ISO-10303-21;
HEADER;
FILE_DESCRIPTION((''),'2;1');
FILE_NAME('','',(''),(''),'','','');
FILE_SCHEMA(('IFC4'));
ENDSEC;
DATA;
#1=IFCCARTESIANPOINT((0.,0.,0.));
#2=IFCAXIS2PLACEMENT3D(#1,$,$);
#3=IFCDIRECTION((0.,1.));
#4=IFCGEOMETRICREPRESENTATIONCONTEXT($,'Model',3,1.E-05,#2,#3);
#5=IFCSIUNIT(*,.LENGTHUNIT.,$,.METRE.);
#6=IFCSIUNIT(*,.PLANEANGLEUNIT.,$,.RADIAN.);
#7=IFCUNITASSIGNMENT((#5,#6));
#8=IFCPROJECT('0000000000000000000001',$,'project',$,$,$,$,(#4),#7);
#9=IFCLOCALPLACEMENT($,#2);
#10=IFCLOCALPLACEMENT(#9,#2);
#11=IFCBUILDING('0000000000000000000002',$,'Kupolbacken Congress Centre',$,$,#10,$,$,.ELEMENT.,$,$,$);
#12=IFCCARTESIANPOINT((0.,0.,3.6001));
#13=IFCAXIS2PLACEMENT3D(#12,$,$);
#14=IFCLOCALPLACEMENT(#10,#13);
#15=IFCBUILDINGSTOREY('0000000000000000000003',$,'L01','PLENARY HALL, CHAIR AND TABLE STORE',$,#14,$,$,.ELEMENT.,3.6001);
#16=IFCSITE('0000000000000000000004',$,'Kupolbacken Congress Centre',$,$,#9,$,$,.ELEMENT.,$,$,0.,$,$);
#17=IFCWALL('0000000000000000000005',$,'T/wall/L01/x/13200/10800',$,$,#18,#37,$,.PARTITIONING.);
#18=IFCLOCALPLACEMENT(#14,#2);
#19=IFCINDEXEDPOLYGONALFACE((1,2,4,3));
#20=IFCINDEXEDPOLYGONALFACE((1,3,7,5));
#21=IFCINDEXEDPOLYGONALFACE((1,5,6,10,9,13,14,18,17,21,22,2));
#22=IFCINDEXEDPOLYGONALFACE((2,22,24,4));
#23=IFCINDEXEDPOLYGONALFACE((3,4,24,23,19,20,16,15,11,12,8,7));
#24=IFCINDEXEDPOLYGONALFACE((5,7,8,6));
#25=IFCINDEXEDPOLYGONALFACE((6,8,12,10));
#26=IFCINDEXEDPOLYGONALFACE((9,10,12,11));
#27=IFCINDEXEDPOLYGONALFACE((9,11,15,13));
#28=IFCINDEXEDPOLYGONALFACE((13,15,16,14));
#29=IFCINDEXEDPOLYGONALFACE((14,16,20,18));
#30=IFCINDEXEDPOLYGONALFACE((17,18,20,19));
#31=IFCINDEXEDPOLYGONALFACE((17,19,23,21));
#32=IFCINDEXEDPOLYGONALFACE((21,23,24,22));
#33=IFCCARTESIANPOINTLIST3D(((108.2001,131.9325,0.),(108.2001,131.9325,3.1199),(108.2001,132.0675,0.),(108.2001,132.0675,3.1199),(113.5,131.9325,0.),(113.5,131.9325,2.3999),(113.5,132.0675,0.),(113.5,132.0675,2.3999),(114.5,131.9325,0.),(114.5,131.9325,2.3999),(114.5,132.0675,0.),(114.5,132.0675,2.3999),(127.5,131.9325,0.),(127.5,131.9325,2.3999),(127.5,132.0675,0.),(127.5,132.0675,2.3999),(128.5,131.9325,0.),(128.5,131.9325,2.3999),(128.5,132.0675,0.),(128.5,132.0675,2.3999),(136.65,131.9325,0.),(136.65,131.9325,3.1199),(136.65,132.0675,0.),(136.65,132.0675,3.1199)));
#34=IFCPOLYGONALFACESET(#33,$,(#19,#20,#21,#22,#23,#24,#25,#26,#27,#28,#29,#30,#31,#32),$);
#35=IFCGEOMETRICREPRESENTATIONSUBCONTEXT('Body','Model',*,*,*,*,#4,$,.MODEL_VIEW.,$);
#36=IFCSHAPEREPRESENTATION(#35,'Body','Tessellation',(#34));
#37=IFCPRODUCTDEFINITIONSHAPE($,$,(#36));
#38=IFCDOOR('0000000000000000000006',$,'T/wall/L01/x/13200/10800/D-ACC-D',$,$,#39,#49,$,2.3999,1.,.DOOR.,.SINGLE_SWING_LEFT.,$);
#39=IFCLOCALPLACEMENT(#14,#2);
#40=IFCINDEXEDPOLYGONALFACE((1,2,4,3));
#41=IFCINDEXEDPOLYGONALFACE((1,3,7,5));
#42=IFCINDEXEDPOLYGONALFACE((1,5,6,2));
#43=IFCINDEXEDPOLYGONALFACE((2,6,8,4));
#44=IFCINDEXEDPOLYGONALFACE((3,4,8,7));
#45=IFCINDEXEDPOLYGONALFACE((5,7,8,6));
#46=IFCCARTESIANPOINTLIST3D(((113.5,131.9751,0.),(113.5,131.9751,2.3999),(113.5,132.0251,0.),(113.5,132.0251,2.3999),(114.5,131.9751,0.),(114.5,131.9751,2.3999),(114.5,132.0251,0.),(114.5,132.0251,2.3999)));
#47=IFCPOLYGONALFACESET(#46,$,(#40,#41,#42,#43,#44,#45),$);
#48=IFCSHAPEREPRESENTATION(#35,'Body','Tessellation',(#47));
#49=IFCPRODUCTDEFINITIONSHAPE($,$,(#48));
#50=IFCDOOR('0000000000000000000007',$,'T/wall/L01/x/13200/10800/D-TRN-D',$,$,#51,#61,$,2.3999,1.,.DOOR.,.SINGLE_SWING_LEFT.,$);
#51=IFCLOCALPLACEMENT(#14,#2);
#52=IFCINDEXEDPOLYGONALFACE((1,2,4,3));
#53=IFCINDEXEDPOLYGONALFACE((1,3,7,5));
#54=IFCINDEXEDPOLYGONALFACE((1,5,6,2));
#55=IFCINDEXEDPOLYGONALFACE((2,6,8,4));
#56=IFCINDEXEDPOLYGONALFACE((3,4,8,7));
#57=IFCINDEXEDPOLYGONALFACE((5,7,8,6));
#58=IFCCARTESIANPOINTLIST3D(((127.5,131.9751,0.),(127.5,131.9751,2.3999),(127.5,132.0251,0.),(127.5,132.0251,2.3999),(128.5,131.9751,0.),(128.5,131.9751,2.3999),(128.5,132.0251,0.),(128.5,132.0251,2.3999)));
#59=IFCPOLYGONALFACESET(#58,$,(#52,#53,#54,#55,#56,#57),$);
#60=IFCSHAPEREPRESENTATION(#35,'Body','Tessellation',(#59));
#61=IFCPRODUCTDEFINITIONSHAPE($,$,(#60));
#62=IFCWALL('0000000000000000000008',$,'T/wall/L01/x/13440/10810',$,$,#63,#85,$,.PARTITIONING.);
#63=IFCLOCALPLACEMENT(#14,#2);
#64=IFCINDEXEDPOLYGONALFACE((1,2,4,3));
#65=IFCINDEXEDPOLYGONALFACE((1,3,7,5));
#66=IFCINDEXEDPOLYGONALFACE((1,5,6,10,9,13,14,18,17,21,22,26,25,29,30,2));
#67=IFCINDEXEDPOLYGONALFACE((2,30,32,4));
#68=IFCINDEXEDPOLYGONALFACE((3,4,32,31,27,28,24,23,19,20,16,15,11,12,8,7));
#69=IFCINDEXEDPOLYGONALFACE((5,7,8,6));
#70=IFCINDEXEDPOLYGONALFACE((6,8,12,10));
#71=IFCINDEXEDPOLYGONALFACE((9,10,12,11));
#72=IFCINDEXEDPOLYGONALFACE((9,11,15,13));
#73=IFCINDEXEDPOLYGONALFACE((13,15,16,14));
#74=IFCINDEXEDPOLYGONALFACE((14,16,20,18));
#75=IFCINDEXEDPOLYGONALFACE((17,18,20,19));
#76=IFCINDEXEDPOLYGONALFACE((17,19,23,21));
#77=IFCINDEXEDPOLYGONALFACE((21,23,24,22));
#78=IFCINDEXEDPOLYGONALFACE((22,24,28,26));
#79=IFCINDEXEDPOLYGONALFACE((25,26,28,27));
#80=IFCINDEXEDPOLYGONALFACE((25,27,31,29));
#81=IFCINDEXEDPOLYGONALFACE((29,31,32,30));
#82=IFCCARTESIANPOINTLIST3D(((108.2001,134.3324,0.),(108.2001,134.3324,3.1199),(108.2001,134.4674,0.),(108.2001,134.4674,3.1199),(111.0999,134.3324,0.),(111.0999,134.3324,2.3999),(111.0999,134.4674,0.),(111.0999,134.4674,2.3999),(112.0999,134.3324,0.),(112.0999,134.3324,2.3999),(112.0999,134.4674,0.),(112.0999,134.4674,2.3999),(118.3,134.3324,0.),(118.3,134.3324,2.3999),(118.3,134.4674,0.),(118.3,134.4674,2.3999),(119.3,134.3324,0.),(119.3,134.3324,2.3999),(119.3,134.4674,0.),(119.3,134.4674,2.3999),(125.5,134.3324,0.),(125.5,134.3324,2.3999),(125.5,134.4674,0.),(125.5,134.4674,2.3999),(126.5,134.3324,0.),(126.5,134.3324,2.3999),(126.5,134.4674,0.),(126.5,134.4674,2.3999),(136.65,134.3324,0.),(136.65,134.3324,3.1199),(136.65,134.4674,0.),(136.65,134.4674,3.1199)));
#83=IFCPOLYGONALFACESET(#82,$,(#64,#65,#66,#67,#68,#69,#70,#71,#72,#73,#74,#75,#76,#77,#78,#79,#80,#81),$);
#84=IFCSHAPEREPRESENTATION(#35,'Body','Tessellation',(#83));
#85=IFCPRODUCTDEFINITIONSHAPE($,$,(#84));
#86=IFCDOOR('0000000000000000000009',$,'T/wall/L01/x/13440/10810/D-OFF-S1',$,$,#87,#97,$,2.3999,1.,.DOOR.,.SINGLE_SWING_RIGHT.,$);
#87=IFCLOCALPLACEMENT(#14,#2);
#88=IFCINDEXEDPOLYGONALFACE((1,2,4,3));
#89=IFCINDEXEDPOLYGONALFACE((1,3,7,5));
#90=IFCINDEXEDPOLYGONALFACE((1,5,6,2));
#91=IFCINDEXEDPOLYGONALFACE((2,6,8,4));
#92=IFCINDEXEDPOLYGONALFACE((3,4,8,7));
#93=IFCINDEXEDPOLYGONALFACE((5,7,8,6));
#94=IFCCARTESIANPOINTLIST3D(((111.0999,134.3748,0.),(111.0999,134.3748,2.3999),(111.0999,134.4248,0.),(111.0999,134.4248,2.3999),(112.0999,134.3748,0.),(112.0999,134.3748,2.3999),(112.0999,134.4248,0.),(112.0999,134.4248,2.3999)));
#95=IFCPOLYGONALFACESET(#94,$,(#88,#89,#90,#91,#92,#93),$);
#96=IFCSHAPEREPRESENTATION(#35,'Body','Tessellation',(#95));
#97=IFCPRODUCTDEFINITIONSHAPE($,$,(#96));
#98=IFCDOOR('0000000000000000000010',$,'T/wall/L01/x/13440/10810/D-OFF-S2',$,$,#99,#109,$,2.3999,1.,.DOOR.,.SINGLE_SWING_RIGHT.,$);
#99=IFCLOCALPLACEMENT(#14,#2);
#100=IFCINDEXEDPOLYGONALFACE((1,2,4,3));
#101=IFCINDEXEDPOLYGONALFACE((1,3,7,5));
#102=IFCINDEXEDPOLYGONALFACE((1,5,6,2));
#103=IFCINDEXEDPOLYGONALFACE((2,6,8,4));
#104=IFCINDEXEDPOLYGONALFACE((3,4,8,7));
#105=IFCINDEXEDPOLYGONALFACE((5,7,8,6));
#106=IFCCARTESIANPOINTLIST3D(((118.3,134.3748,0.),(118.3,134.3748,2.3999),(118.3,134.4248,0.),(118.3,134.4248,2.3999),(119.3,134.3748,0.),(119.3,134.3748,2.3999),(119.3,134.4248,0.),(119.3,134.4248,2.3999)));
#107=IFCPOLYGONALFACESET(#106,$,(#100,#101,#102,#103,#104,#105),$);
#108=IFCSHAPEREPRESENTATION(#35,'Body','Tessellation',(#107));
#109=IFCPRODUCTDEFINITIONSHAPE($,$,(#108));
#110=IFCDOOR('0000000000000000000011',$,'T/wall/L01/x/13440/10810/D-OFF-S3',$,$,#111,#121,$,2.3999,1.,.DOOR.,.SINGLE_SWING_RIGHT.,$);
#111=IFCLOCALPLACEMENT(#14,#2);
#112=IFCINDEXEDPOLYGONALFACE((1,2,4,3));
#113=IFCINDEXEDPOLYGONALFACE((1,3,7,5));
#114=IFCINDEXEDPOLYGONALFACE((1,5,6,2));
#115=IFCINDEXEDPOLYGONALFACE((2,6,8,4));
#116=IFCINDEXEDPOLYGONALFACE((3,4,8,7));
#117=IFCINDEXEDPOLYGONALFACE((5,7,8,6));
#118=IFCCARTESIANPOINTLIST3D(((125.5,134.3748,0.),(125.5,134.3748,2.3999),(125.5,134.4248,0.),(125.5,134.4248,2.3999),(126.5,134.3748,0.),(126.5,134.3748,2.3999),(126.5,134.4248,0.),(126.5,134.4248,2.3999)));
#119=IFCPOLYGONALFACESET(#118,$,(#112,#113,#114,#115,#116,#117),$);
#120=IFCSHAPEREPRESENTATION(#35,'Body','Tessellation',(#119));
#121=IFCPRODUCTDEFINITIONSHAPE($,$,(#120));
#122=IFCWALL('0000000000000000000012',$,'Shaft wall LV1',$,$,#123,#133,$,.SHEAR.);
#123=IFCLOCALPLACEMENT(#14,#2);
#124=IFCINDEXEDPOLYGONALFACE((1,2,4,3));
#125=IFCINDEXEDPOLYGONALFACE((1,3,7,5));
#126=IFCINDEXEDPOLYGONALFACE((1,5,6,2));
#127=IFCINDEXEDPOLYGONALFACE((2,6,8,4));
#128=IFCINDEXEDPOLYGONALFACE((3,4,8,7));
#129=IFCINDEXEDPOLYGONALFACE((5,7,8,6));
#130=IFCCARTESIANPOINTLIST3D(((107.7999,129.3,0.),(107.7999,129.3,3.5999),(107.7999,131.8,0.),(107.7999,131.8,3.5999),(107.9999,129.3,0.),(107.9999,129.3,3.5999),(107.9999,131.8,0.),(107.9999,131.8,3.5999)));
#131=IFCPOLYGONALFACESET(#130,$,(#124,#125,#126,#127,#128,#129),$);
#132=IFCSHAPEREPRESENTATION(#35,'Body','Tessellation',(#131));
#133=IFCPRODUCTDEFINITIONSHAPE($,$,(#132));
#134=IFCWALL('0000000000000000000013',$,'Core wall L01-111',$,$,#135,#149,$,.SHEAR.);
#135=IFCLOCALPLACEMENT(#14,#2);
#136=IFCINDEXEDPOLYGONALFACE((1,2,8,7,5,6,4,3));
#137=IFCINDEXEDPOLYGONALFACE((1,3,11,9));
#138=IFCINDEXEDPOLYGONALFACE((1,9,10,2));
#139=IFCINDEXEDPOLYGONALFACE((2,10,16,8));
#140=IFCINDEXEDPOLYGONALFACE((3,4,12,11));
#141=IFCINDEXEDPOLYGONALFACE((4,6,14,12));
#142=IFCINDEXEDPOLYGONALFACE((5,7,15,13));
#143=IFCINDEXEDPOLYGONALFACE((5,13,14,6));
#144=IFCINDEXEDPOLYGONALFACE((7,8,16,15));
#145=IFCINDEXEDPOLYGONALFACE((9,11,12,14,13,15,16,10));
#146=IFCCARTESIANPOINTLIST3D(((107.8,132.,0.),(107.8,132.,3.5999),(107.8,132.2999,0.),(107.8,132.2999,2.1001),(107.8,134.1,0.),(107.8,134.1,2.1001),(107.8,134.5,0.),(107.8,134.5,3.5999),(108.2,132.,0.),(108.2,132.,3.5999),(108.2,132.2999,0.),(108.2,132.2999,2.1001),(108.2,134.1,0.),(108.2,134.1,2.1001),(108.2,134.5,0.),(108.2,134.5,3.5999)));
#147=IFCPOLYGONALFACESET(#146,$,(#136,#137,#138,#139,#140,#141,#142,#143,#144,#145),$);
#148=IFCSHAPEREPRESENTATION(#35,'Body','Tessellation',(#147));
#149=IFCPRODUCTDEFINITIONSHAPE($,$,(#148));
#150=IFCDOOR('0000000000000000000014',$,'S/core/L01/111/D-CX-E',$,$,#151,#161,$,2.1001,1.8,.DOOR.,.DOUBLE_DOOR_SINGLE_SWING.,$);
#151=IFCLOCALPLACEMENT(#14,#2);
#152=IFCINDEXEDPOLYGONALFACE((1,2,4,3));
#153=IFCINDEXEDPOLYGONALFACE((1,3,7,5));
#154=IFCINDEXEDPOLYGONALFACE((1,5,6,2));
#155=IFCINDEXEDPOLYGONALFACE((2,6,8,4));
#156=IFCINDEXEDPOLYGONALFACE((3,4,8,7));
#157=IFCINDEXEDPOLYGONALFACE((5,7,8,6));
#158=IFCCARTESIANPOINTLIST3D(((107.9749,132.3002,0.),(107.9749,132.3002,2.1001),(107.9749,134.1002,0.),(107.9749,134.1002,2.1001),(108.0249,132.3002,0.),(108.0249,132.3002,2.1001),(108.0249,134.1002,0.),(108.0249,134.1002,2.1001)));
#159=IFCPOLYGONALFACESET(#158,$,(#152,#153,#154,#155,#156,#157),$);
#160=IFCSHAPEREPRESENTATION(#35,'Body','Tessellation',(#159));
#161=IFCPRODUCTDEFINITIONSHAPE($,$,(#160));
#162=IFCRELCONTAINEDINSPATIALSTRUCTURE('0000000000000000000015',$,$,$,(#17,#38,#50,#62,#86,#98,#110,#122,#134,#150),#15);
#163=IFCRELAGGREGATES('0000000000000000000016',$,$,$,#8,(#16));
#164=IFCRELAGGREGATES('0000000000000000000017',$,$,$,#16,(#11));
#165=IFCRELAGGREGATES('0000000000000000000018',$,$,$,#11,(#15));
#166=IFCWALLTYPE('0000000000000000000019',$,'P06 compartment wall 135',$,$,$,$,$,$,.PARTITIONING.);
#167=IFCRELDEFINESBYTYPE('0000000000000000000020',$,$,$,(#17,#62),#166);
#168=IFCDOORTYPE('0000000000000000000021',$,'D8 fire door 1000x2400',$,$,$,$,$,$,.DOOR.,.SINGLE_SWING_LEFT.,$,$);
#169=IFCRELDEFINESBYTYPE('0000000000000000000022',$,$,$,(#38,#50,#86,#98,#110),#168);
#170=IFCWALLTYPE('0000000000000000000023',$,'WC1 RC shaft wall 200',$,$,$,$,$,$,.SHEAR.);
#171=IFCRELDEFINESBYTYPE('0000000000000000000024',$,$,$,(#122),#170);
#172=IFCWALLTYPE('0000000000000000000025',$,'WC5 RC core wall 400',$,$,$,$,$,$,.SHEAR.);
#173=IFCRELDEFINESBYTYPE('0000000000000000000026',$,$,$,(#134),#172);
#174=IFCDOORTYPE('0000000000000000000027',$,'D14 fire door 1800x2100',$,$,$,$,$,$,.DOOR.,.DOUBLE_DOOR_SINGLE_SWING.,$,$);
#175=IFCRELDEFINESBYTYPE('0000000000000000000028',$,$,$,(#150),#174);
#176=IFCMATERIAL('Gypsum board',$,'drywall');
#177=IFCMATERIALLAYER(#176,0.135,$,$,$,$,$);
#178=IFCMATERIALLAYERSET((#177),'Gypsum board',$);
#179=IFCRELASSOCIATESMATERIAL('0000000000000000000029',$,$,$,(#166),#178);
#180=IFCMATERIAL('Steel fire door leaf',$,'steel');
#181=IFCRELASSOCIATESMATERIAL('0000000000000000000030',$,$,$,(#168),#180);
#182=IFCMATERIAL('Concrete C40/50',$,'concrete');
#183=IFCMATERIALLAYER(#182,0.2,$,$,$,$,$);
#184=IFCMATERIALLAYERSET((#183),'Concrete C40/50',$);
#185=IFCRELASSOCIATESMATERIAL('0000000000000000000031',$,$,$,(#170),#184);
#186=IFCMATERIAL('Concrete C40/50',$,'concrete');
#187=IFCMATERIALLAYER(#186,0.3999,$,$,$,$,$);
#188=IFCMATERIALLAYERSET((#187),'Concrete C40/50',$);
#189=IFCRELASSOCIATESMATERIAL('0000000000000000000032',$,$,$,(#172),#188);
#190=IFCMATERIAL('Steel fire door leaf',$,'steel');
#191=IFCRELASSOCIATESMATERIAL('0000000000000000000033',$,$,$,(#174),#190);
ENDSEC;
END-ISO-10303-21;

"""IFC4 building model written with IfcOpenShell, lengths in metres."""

from ifc_helpers import new_model, si_unit, direction, frame, frame_2d, origin, place, context, subcontext, project, spatial, rectangle, extrude, material, layer, layer_set, type_object, element, fill, save


model = new_model("IFC4")

# Units and contexts
model_context = context("Model", 3, precision=1e-05, world=origin(), true_north=direction((0.0, 1.0)))
body_context = subcontext(model_context, "Body", "Model", "MODEL_VIEW")
ifc_project = project(units=[si_unit("LENGTHUNIT", "METRE"), si_unit("PLANEANGLEUNIT", "RADIAN")], contexts=[model_context])

# Site, building, storey
site_placement = place(None, origin())
site = spatial("IfcSite", under=ifc_project, at=site_placement, Name="Kupolbacken Congress Centre", CompositionType="ELEMENT", RefElevation=0.0)
building_placement = place(site_placement, origin())
building = spatial("IfcBuilding", under=site, at=building_placement, Name="Kupolbacken Congress Centre", CompositionType="ELEMENT")
storey_placement = place(building_placement, frame((0.0, 0.0, 3.6001)))
storey = spatial("IfcBuildingStorey", under=building, at=storey_placement, Name="L01", Description="PLENARY HALL, CHAIR AND TABLE STORE", CompositionType="ELEMENT", Elevation=3.6001)

# Walls, openings, doors
ifc_material_1 = material(Name="Gypsum board", Category="drywall")
ifc_layer_1 = layer(ifc_material_1, 0.135)
ifc_layer_set_1 = layer_set([ifc_layer_1], Name="Gypsum board")
wall_type_1 = type_object("IfcWallType", Name="P06 compartment wall 135", PredefinedType="PARTITIONING", material=ifc_layer_set_1)
wall_1_placement = place(storey_placement, frame((108.2, 132.0, 0.0), z_axis=(0.0, 0.0, 1.0), x_axis=(1.0, 0.0, 0.0)))
wall_1 = element("IfcWall", 1, at=wall_1_placement, inside=storey, type_object=wall_type_1, Name="T/wall/L01/x/13200/10800", PredefinedType="PARTITIONING", context=body_context, shape_type="SweptSolid", body=[
    extrude(rectangle(XDim=28.45, YDim=0.135, at=frame_2d((14.2251, 0.0))), origin(), (0.0, 0.0, 1.0), 3.1199),
])
opening_1_placement = place(wall_1_placement, frame((5.3, 0.0, 0.0)))
opening_1 = element("IfcOpeningElement", 2, at=opening_1_placement, cuts=wall_1, PredefinedType="OPENING", context=body_context, shape_type="SweptSolid", body=[
    extrude(rectangle(XDim=1.0, YDim=2.3999, at=frame_2d((0.5, 1.2))), frame((0.0, 0.0774, 0.0), z_axis=(0.0, -1.0, 0.0), x_axis=(1.0, 0.0, 0.0)), (0.0, 0.0, 1.0), 0.155),
])
opening_2_placement = place(wall_1_placement, frame((19.3, 0.0, 0.0)))
opening_2 = element("IfcOpeningElement", 3, at=opening_2_placement, cuts=wall_1, PredefinedType="OPENING", context=body_context, shape_type="SweptSolid", body=[
    extrude(rectangle(XDim=1.0, YDim=2.3999, at=frame_2d((0.5, 1.2))), frame((0.0, 0.0774, 0.0), z_axis=(0.0, -1.0, 0.0), x_axis=(1.0, 0.0, 0.0)), (0.0, 0.0, 1.0), 0.155),
])
ifc_material_2 = material(Name="Steel fire door leaf", Category="steel")
door_type_1 = type_object("IfcDoorType", Name="D8 fire door 1000x2400", OperationType="SINGLE_SWING_LEFT", PredefinedType="DOOR", material=ifc_material_2)
door_1_placement = place(opening_1_placement, frame((1.0, 0.0, 0.0), z_axis=(0.0, 0.0, 1.0), x_axis=(-1.0, 0.0, 0.0)))
door_1 = element("IfcDoor", 4, at=door_1_placement, inside=storey, type_object=door_type_1, Name="T/wall/L01/x/13200/10800/D-ACC-D", OperationType="SINGLE_SWING_LEFT", OverallHeight=2.3999, OverallWidth=1.0, PredefinedType="DOOR", context=body_context, shape_type="SweptSolid", body=[
    extrude(rectangle(XDim=1.0, YDim=2.3999, at=frame_2d((0.5, 1.2))), frame((0.0, 0.0249, 0.0), z_axis=(0.0, -1.0, 0.0), x_axis=(1.0, 0.0, 0.0)), (0.0, 0.0, 1.0), 0.05),
])
fill(opening_1, door_1)
door_2_placement = place(opening_2_placement, frame((1.0, 0.0, 0.0), z_axis=(0.0, 0.0, 1.0), x_axis=(-1.0, 0.0, 0.0)))
door_2 = element("IfcDoor", 5, at=door_2_placement, inside=storey, type_object=door_type_1, Name="T/wall/L01/x/13200/10800/D-TRN-D", OperationType="SINGLE_SWING_LEFT", OverallHeight=2.3999, OverallWidth=1.0, PredefinedType="DOOR", context=body_context, shape_type="SweptSolid", body=[
    extrude(rectangle(XDim=1.0, YDim=2.3999, at=frame_2d((0.5, 1.2))), frame((0.0, 0.0249, 0.0), z_axis=(0.0, -1.0, 0.0), x_axis=(1.0, 0.0, 0.0)), (0.0, 0.0, 1.0), 0.05),
])
fill(opening_2, door_2)
wall_2_placement = place(storey_placement, frame((108.2, 134.3999, 0.0), z_axis=(0.0, 0.0, 1.0), x_axis=(1.0, 0.0, 0.0)))
wall_2 = element("IfcWall", 6, at=wall_2_placement, inside=storey, type_object=wall_type_1, Name="T/wall/L01/x/13440/10810", PredefinedType="PARTITIONING", context=body_context, shape_type="SweptSolid", body=[
    extrude(rectangle(XDim=28.45, YDim=0.135, at=frame_2d((14.2251, 0.0))), origin(), (0.0, 0.0, 1.0), 3.1199),
])
opening_3_placement = place(wall_2_placement, frame((2.8999, 0.0, 0.0)))
opening_3 = element("IfcOpeningElement", 7, at=opening_3_placement, cuts=wall_2, PredefinedType="OPENING", context=body_context, shape_type="SweptSolid", body=[
    extrude(rectangle(XDim=1.0, YDim=2.3999, at=frame_2d((0.5, 1.2))), frame((0.0, 0.0774, 0.0), z_axis=(0.0, -1.0, 0.0), x_axis=(1.0, 0.0, 0.0)), (0.0, 0.0, 1.0), 0.155),
])
opening_4_placement = place(wall_2_placement, frame((10.1001, 0.0, 0.0)))
opening_4 = element("IfcOpeningElement", 8, at=opening_4_placement, cuts=wall_2, PredefinedType="OPENING", context=body_context, shape_type="SweptSolid", body=[
    extrude(rectangle(XDim=1.0, YDim=2.3999, at=frame_2d((0.5, 1.2))), frame((0.0, 0.0774, 0.0), z_axis=(0.0, -1.0, 0.0), x_axis=(1.0, 0.0, 0.0)), (0.0, 0.0, 1.0), 0.155),
])
opening_5_placement = place(wall_2_placement, frame((17.3, 0.0, 0.0)))
opening_5 = element("IfcOpeningElement", 9, at=opening_5_placement, cuts=wall_2, PredefinedType="OPENING", context=body_context, shape_type="SweptSolid", body=[
    extrude(rectangle(XDim=1.0, YDim=2.3999, at=frame_2d((0.5, 1.2))), frame((0.0, 0.0774, 0.0), z_axis=(0.0, -1.0, 0.0), x_axis=(1.0, 0.0, 0.0)), (0.0, 0.0, 1.0), 0.155),
])
door_3_placement = place(opening_3_placement, origin())
door_3 = element("IfcDoor", 10, at=door_3_placement, inside=storey, type_object=door_type_1, Name="T/wall/L01/x/13440/10810/D-OFF-S1", OperationType="SINGLE_SWING_RIGHT", OverallHeight=2.3999, OverallWidth=1.0, PredefinedType="DOOR", context=body_context, shape_type="SweptSolid", body=[
    extrude(rectangle(XDim=1.0, YDim=2.3999, at=frame_2d((0.5, 1.2))), frame((0.0, 0.0249, 0.0), z_axis=(0.0, -1.0, 0.0), x_axis=(1.0, 0.0, 0.0)), (0.0, 0.0, 1.0), 0.05),
])
fill(opening_3, door_3)
door_4_placement = place(opening_4_placement, origin())
door_4 = element("IfcDoor", 11, at=door_4_placement, inside=storey, type_object=door_type_1, Name="T/wall/L01/x/13440/10810/D-OFF-S2", OperationType="SINGLE_SWING_RIGHT", OverallHeight=2.3999, OverallWidth=1.0, PredefinedType="DOOR", context=body_context, shape_type="SweptSolid", body=[
    extrude(rectangle(XDim=1.0, YDim=2.3999, at=frame_2d((0.5, 1.2))), frame((0.0, 0.0249, 0.0), z_axis=(0.0, -1.0, 0.0), x_axis=(1.0, 0.0, 0.0)), (0.0, 0.0, 1.0), 0.05),
])
fill(opening_4, door_4)
door_5_placement = place(opening_5_placement, origin())
door_5 = element("IfcDoor", 12, at=door_5_placement, inside=storey, type_object=door_type_1, Name="T/wall/L01/x/13440/10810/D-OFF-S3", OperationType="SINGLE_SWING_RIGHT", OverallHeight=2.3999, OverallWidth=1.0, PredefinedType="DOOR", context=body_context, shape_type="SweptSolid", body=[
    extrude(rectangle(XDim=1.0, YDim=2.3999, at=frame_2d((0.5, 1.2))), frame((0.0, 0.0249, 0.0), z_axis=(0.0, -1.0, 0.0), x_axis=(1.0, 0.0, 0.0)), (0.0, 0.0, 1.0), 0.05),
])
fill(opening_5, door_5)

# Wall
ifc_material_3 = material(Name="Concrete C40/50", Category="concrete")
ifc_layer_2 = layer(ifc_material_3, 0.2)
ifc_layer_set_2 = layer_set([ifc_layer_2], Name="Concrete C40/50")
wall_type_2 = type_object("IfcWallType", Name="WC1 RC shaft wall 200", PredefinedType="SHEAR", material=ifc_layer_set_2)
wall_3_placement = place(storey_placement, frame((107.8999, 129.3, 0.0), z_axis=(0.0, 0.0, 1.0), x_axis=(0.0, 1.0, 0.0)))
element("IfcWall", 13, at=wall_3_placement, inside=storey, type_object=wall_type_2, Name="Shaft wall LV1", PredefinedType="SHEAR", context=body_context, shape_type="SweptSolid", body=[
    extrude(rectangle(XDim=2.5, YDim=0.2, at=frame_2d((1.25, 0.0))), origin(), (0.0, 0.0, 1.0), 3.5999),
])

# Wall, opening, door
ifc_material_4 = material(Name="Concrete C40/50", Category="concrete")
ifc_layer_3 = layer(ifc_material_4, 0.3999)
ifc_layer_set_3 = layer_set([ifc_layer_3], Name="Concrete C40/50")
wall_type_3 = type_object("IfcWallType", Name="WC5 RC core wall 400", PredefinedType="SHEAR", material=ifc_layer_set_3)
wall_4_placement = place(storey_placement, frame((108.0, 132.0, 0.0), z_axis=(0.0, 0.0, 1.0), x_axis=(0.0, 1.0, 0.0)))
wall_4 = element("IfcWall", 14, at=wall_4_placement, inside=storey, type_object=wall_type_3, Name="Core wall L01-111", PredefinedType="SHEAR", context=body_context, shape_type="SweptSolid", body=[
    extrude(rectangle(XDim=2.5, YDim=0.3999, at=frame_2d((1.25, 0.0))), origin(), (0.0, 0.0, 1.0), 3.5999),
])
opening_6_placement = place(wall_4_placement, frame((0.3, 0.0, 0.0)))
opening_6 = element("IfcOpeningElement", 15, at=opening_6_placement, cuts=wall_4, PredefinedType="OPENING", context=body_context, shape_type="SweptSolid", body=[
    extrude(rectangle(XDim=1.8, YDim=2.1001, at=frame_2d((0.8999, 1.05))), frame((0.0, 0.21, 0.0), z_axis=(0.0, -1.0, 0.0), x_axis=(1.0, 0.0, 0.0)), (0.0, 0.0, 1.0), 0.4199),
])
ifc_material_5 = material(Name="Steel fire door leaf", Category="steel")
door_type_2 = type_object("IfcDoorType", Name="D14 fire door 1800x2100", OperationType="DOUBLE_DOOR_SINGLE_SWING", PredefinedType="DOOR", material=ifc_material_5)
door_6_placement = place(opening_6_placement, frame((1.8, 0.0, 0.0), z_axis=(0.0, 0.0, 1.0), x_axis=(-1.0, 0.0, 0.0)))
door_6 = element("IfcDoor", 16, at=door_6_placement, inside=storey, type_object=door_type_2, Name="S/core/L01/111/D-CX-E", OperationType="DOUBLE_DOOR_SINGLE_SWING", OverallHeight=2.1001, OverallWidth=1.8, PredefinedType="DOOR", context=body_context, shape_type="SweptSolid", body=[
    extrude(rectangle(XDim=1.8, YDim=2.1001, at=frame_2d((0.8999, 1.05))), frame((0.0, 0.0249, 0.0), z_axis=(0.0, -1.0, 0.0), x_axis=(1.0, 0.0, 0.0)), (0.0, 0.0, 1.0), 0.05),
])
fill(opening_6, door_6)

save(model, "model.ifc")
